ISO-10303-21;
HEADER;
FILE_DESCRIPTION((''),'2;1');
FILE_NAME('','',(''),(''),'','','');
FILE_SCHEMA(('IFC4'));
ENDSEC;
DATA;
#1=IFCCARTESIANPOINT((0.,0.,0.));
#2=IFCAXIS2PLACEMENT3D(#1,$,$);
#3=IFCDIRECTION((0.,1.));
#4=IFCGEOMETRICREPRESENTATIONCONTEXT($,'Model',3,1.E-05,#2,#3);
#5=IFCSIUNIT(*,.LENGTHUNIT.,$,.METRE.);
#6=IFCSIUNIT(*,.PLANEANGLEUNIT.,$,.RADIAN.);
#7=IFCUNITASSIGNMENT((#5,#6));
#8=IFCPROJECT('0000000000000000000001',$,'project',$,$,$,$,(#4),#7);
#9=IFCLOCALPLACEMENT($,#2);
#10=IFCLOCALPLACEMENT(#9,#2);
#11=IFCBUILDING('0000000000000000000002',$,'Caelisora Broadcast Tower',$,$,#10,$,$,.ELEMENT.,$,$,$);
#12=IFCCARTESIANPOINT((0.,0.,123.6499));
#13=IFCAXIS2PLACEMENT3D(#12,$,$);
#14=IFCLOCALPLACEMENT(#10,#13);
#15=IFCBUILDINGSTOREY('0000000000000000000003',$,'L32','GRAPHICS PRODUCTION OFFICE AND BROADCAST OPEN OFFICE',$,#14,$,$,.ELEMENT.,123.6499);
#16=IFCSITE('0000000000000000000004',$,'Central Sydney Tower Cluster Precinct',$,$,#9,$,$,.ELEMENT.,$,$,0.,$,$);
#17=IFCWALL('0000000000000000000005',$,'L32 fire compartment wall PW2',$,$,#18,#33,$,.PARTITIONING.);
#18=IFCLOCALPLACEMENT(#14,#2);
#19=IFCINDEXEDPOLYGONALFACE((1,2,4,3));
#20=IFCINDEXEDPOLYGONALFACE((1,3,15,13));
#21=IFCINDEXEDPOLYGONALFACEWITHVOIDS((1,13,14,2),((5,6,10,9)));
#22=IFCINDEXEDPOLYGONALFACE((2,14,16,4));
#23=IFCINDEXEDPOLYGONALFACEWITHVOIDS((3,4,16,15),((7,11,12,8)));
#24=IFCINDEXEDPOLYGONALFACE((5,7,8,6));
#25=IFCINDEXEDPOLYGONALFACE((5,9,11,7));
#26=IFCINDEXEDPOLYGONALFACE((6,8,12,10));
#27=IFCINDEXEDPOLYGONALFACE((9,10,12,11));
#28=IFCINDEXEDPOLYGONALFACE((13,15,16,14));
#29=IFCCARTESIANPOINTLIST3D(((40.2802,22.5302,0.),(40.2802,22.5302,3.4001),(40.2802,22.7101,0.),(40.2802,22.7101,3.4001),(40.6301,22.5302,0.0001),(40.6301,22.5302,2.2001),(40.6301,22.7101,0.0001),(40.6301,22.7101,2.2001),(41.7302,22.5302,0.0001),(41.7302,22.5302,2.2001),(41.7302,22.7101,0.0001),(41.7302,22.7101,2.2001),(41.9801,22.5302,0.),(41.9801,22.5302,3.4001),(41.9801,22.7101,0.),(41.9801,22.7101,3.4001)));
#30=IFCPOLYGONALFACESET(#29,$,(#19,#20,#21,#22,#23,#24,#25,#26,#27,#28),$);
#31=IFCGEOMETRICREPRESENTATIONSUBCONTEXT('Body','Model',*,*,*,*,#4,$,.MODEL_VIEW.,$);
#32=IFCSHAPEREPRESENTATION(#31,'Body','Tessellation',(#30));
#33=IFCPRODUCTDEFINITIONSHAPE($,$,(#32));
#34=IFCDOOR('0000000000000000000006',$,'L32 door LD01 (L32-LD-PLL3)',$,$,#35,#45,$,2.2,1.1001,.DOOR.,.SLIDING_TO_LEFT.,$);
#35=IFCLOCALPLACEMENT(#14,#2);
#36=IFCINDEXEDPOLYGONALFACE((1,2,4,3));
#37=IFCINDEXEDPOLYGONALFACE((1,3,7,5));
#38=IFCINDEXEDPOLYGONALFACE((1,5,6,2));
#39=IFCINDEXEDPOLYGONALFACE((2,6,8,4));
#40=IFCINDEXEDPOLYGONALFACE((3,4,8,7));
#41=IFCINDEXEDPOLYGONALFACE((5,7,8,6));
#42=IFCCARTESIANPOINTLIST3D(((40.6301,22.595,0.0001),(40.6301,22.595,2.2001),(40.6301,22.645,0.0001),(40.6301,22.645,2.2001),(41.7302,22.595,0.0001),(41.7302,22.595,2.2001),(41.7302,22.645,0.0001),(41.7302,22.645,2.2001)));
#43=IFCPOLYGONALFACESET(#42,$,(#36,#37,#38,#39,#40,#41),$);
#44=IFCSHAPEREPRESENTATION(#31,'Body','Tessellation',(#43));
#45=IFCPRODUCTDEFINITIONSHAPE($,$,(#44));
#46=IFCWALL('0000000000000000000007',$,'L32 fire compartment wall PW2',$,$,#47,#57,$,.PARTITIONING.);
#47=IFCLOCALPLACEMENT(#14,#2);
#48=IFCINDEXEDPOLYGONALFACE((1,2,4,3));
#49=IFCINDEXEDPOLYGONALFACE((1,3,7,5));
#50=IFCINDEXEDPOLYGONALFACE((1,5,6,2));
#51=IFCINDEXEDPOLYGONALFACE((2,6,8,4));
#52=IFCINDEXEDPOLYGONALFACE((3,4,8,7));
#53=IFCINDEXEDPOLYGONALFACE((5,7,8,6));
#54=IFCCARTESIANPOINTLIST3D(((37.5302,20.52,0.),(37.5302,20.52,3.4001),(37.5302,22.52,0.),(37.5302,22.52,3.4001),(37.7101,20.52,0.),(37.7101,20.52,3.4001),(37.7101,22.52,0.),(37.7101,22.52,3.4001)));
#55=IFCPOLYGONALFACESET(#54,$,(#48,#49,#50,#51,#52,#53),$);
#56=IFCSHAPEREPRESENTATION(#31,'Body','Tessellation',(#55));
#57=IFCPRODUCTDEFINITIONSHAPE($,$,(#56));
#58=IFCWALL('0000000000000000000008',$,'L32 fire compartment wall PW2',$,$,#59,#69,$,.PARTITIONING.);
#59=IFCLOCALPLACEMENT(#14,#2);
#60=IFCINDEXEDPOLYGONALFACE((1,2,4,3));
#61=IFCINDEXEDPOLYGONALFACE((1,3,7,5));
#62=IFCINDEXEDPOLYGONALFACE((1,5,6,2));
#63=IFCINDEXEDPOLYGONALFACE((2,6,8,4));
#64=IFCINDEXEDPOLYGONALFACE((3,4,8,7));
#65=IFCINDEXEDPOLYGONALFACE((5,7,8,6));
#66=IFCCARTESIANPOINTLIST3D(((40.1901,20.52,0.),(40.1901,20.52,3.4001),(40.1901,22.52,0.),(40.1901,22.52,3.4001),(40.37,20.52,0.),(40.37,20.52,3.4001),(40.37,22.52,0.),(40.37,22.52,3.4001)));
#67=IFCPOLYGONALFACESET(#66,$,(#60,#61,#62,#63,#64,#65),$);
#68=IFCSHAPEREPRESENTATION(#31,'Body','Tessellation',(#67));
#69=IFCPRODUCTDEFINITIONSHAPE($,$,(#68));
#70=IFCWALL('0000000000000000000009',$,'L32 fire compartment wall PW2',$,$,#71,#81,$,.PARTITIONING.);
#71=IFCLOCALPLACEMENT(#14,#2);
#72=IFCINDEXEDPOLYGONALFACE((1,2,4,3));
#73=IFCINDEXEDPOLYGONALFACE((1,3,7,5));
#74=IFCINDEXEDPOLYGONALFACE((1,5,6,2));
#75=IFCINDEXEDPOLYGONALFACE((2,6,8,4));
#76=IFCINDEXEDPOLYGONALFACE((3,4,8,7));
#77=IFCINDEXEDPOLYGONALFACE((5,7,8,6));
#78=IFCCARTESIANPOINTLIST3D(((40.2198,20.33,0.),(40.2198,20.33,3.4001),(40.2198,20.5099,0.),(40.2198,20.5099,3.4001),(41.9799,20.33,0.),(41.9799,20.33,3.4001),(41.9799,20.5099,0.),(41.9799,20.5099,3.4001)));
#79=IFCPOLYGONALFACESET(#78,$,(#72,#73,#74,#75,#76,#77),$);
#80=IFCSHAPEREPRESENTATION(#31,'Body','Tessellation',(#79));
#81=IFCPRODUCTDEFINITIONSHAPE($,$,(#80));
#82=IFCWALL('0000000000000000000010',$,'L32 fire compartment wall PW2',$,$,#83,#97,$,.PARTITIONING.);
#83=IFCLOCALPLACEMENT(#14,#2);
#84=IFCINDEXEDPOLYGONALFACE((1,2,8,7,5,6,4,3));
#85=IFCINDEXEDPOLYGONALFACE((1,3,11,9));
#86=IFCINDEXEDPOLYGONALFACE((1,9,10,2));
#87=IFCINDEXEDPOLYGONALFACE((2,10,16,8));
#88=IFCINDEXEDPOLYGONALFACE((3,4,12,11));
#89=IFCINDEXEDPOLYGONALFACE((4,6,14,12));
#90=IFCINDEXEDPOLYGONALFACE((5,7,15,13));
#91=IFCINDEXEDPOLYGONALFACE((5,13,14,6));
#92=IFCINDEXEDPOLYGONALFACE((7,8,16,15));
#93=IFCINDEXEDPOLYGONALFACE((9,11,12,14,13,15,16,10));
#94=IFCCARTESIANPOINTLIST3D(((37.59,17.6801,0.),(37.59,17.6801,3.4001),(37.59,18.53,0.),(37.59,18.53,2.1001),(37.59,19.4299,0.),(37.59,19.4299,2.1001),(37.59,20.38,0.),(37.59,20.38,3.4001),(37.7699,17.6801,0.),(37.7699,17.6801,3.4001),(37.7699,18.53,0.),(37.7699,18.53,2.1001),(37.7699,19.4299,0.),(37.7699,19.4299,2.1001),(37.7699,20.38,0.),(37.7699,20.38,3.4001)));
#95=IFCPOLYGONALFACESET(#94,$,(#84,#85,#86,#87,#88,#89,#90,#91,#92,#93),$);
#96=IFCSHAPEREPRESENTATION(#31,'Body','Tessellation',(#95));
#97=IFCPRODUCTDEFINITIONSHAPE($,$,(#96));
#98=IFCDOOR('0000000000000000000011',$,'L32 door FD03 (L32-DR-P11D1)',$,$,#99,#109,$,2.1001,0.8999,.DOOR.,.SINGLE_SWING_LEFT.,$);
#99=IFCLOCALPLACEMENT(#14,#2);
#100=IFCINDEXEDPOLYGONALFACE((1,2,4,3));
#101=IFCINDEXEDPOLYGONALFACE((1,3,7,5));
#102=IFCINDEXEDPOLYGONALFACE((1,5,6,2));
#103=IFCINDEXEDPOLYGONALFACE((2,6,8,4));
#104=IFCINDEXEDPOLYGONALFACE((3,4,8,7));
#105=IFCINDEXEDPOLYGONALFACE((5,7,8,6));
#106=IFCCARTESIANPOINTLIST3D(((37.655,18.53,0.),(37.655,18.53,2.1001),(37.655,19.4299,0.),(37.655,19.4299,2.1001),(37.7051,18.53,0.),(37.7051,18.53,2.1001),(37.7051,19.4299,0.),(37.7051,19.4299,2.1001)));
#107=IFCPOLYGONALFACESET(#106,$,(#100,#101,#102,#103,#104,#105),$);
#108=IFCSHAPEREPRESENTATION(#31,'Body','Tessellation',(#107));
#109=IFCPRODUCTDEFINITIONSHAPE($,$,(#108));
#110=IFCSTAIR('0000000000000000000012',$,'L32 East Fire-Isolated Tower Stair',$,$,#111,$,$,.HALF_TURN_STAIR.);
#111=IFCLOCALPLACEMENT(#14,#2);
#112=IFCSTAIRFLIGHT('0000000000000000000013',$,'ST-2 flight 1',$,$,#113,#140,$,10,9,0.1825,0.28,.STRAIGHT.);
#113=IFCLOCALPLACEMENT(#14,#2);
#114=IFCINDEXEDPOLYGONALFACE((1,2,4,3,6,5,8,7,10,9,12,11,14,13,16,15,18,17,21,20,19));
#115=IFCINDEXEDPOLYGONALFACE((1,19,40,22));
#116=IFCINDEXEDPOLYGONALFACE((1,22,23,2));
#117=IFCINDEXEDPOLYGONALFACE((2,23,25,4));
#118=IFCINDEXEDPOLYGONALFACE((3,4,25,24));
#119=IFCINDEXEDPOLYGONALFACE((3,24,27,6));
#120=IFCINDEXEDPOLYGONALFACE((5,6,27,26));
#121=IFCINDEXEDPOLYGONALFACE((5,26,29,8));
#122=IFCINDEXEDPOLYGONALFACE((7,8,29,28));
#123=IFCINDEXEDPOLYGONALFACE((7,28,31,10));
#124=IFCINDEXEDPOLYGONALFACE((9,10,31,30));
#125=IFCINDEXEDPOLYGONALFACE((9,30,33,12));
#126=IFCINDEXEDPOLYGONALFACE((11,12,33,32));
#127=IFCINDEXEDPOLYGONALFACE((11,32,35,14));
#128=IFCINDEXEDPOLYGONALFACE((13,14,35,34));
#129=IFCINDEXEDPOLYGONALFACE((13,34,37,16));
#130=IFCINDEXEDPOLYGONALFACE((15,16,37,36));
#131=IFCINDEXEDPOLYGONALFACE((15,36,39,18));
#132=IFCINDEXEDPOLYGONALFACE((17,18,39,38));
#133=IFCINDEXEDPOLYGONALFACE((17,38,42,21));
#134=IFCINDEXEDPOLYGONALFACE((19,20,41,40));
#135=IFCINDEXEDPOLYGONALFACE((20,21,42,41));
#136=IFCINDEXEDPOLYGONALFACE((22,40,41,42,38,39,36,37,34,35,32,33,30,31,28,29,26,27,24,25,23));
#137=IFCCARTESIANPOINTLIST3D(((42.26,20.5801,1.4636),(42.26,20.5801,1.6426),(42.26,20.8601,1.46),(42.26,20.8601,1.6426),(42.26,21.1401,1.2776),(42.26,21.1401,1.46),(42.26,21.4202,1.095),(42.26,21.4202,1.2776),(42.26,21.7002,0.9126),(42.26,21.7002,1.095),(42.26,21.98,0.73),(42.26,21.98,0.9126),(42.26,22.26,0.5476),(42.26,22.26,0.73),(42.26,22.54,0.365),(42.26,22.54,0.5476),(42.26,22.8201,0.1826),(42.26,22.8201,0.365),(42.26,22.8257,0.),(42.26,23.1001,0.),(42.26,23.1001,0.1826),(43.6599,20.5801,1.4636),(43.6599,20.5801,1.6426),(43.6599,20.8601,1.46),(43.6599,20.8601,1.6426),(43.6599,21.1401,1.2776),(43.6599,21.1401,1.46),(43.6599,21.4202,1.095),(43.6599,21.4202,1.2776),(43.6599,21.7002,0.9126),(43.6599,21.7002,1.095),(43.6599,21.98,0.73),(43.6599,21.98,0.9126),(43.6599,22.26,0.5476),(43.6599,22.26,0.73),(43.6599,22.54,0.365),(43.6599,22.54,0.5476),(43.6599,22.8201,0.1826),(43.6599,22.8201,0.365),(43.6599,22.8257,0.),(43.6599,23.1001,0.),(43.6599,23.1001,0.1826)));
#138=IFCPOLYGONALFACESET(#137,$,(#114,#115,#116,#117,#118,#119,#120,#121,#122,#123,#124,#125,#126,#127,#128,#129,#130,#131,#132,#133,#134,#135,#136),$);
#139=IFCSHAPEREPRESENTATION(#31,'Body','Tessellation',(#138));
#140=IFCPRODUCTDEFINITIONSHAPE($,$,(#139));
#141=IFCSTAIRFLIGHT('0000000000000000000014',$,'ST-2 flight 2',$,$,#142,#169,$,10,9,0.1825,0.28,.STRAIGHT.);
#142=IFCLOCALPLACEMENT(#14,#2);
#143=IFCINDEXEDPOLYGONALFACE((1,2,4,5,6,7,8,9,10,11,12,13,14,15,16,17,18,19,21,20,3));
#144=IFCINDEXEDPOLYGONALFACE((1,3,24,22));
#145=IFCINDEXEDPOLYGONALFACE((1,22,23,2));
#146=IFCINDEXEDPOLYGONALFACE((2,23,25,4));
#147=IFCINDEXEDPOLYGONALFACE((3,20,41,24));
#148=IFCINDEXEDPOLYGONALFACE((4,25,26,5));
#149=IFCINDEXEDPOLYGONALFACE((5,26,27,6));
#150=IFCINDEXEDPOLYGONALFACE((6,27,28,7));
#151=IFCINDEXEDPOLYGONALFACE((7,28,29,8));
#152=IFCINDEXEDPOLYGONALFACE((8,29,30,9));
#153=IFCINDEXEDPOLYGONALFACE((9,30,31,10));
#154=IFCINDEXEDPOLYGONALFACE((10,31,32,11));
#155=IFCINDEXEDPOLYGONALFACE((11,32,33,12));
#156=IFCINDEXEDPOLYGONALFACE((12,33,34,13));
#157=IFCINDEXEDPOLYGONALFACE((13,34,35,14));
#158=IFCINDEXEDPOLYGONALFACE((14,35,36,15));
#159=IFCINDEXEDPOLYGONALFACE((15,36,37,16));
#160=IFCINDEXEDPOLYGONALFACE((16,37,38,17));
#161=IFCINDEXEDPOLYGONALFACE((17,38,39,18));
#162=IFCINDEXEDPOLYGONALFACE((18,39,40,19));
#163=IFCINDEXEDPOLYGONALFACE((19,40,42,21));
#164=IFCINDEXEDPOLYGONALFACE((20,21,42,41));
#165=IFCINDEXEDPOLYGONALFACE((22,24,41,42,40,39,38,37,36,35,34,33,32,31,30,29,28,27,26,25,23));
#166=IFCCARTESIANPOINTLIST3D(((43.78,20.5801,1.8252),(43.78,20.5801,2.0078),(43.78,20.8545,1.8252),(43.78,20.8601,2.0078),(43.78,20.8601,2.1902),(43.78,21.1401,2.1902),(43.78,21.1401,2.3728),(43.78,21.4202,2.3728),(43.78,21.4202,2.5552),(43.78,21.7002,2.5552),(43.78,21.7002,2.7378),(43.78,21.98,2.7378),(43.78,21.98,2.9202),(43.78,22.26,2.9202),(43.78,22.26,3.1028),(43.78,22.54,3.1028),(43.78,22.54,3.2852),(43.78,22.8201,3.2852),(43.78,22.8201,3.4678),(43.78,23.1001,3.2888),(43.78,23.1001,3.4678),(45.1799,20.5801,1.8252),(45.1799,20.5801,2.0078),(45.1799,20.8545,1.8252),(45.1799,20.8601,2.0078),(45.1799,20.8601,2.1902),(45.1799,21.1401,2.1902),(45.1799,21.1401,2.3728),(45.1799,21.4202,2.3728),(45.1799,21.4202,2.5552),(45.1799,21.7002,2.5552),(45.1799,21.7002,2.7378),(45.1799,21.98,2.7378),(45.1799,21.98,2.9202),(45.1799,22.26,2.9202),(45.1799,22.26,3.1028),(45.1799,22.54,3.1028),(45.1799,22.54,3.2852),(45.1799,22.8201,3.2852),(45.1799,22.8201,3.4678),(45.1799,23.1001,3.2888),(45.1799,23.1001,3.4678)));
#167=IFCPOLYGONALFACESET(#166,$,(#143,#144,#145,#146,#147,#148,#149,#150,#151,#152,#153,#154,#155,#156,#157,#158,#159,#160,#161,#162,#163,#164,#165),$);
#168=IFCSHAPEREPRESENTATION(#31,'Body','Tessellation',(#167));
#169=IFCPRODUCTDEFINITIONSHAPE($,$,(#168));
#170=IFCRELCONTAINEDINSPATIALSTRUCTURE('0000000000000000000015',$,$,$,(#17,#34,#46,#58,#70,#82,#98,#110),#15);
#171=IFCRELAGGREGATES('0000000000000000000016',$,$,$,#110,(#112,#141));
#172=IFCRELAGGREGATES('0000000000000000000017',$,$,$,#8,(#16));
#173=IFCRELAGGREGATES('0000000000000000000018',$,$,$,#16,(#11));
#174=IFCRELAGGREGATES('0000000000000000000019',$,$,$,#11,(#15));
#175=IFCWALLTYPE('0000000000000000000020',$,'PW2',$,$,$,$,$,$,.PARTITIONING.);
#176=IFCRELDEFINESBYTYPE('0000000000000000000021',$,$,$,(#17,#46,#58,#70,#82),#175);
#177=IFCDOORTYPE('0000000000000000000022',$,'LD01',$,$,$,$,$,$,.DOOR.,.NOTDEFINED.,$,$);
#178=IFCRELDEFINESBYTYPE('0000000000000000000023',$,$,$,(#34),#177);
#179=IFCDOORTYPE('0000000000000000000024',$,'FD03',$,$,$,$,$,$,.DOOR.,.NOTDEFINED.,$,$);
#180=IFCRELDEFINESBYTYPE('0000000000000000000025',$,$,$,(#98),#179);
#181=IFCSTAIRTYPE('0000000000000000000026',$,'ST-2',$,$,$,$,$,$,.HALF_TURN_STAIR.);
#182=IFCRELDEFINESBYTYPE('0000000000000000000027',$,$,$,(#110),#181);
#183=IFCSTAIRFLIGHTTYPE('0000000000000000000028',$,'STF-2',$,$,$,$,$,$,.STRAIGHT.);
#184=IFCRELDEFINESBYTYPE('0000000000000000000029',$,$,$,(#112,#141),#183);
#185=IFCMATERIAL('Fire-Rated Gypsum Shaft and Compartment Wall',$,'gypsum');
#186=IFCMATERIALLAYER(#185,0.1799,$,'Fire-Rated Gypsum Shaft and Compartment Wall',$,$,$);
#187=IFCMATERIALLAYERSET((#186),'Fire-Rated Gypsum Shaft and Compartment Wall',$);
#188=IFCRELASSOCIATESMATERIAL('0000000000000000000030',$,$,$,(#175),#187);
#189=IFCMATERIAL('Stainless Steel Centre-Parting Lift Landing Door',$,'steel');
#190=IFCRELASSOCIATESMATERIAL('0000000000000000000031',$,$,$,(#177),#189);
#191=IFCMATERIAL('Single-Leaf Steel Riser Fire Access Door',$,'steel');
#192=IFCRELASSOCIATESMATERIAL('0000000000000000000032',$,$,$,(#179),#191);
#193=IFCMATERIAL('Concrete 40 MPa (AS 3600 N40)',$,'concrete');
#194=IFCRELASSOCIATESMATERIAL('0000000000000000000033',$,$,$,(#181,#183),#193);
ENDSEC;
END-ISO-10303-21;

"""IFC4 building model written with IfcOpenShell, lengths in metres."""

from ifc_helpers import new_model, si_unit, direction, frame, frame_2d, origin, place, context, subcontext, project, spatial, polyline, rectangle, outline, extrude, material, layer, layer_set, type_object, element, fill, aggregate, save


model = new_model("IFC4")

# Units and contexts
model_context = context("Model", 3, precision=1e-05, world=origin(), true_north=direction((0.0, 1.0)))
body_context = subcontext(model_context, "Body", "Model", "MODEL_VIEW")
ifc_project = project(units=[si_unit("LENGTHUNIT", "METRE"), si_unit("PLANEANGLEUNIT", "RADIAN")], contexts=[model_context])

# Site, building, storey
site_placement = place(None, origin())
site = spatial("IfcSite", under=ifc_project, at=site_placement, Name="Central Sydney Tower Cluster Precinct", CompositionType="ELEMENT", RefElevation=0.0)
building_placement = place(site_placement, origin())
building = spatial("IfcBuilding", under=site, at=building_placement, Name="Caelisora Broadcast Tower", CompositionType="ELEMENT")
storey_placement = place(building_placement, frame((0.0, 0.0, 123.6499)))
storey = spatial("IfcBuildingStorey", under=building, at=storey_placement, Name="L32", Description="GRAPHICS PRODUCTION OFFICE AND BROADCAST OPEN OFFICE", CompositionType="ELEMENT", Elevation=123.6499)

# Wall, opening, door
ifc_material_1 = material(Name="Fire-Rated Gypsum Shaft and Compartment Wall", Category="gypsum")
ifc_layer_1 = layer(ifc_material_1, 0.1799, Name="Fire-Rated Gypsum Shaft and Compartment Wall")
ifc_layer_set_1 = layer_set([ifc_layer_1], Name="Fire-Rated Gypsum Shaft and Compartment Wall")
wall_type_1 = type_object("IfcWallType", Name="PW2", PredefinedType="PARTITIONING", material=ifc_layer_set_1)
wall_1_placement = place(storey_placement, frame((40.28, 22.6201, 0.0), z_axis=(0.0, 0.0, 1.0), x_axis=(1.0, 0.0, 0.0)))
wall_1 = element("IfcWall", 1, at=wall_1_placement, inside=storey, type_object=wall_type_1, Name="L32 fire compartment wall PW2", PredefinedType="PARTITIONING", context=body_context, shape_type="SweptSolid", body=[
    extrude(rectangle(XDim=1.7, YDim=0.1799, at=frame_2d((0.8501, 0.0))), origin(), (0.0, 0.0, 1.0), 3.4001),
])
opening_1_placement = place(wall_1_placement, frame((0.3501, 0.0, 0.0)))
opening_1 = element("IfcOpeningElement", 2, at=opening_1_placement, cuts=wall_1, PredefinedType="OPENING", context=body_context, shape_type="SweptSolid", body=[
    extrude(rectangle(XDim=1.1001, YDim=2.2, at=frame_2d((0.55, 1.1001))), frame((0.0, 0.1021, 0.0), z_axis=(0.0, -1.0, 0.0), x_axis=(1.0, 0.0, 0.0)), (0.0, 0.0, 1.0), 0.2039),
])
ifc_material_2 = material(Name="Stainless Steel Centre-Parting Lift Landing Door", Category="steel")
door_type_1 = type_object("IfcDoorType", Name="LD01", OperationType="NOTDEFINED", PredefinedType="DOOR", material=ifc_material_2)
door_1_placement = place(opening_1_placement, origin())
door_1 = element("IfcDoor", 3, at=door_1_placement, inside=storey, type_object=door_type_1, Name="L32 door LD01 (L32-LD-PLL3)", OperationType="SLIDING_TO_LEFT", OverallHeight=2.2, OverallWidth=1.1001, PredefinedType="DOOR", context=body_context, shape_type="SweptSolid", body=[
    extrude(rectangle(XDim=1.1001, YDim=2.2, at=frame_2d((0.55, 1.1001))), frame((0.0, 0.0249, 0.0), z_axis=(0.0, -1.0, 0.0), x_axis=(1.0, 0.0, 0.0)), (0.0, 0.0, 1.0), 0.05),
])
fill(opening_1, door_1)

# Walls
for number, where, z_axis, x_axis, name in (
    (4, (37.6201, 20.52, 0.0), (0.0, 0.0, 1.0), (0.0, 1.0, 0.0), "L32 fire compartment wall PW2"),
    (5, (40.28, 20.52, 0.0), (0.0, 0.0, 1.0), (0.0, 1.0, 0.0), "L32 fire compartment wall PW2"),
):
    element("IfcWall", number, at=place(storey_placement, frame(where, z_axis=z_axis, x_axis=x_axis)), inside=storey, type_object=wall_type_1, Name=name, PredefinedType="PARTITIONING", context=body_context, shape_type="SweptSolid", body=[
        extrude(rectangle(XDim=2.0, YDim=0.1799, at=frame_2d((1.0, 0.0))), origin(), (0.0, 0.0, 1.0), 3.4001),
    ])
wall_2_placement = place(storey_placement, frame((40.22, 20.4199, 0.0), z_axis=(0.0, 0.0, 1.0), x_axis=(1.0, 0.0, 0.0)))
element("IfcWall", 6, at=wall_2_placement, inside=storey, type_object=wall_type_1, Name="L32 fire compartment wall PW2", PredefinedType="PARTITIONING", context=body_context, shape_type="SweptSolid", body=[
    extrude(rectangle(XDim=1.76, YDim=0.1799, at=frame_2d((0.8799, 0.0))), origin(), (0.0, 0.0, 1.0), 3.4001),
])

# Wall, opening, door
wall_3_placement = place(storey_placement, frame((37.6799, 17.6799, 0.0), z_axis=(0.0, 0.0, 1.0), x_axis=(0.0, 1.0, 0.0)))
wall_3 = element("IfcWall", 7, at=wall_3_placement, inside=storey, type_object=wall_type_1, Name="L32 fire compartment wall PW2", PredefinedType="PARTITIONING", context=body_context, shape_type="SweptSolid", body=[
    extrude(rectangle(XDim=2.7, YDim=0.1799, at=frame_2d((1.3501, 0.0))), origin(), (0.0, 0.0, 1.0), 3.4001),
])
opening_2_placement = place(wall_3_placement, frame((0.8501, 0.0, 0.0)))
opening_2 = element("IfcOpeningElement", 8, at=opening_2_placement, cuts=wall_3, PredefinedType="OPENING", context=body_context, shape_type="SweptSolid", body=[
    extrude(rectangle(XDim=0.8999, YDim=2.1001, at=frame_2d((0.45, 1.05))), frame((0.0, 0.1021, 0.0), z_axis=(0.0, -1.0, 0.0), x_axis=(1.0, 0.0, 0.0)), (0.0, 0.0, 1.0), 0.2039),
])
ifc_material_3 = material(Name="Single-Leaf Steel Riser Fire Access Door", Category="steel")
door_type_2 = type_object("IfcDoorType", Name="FD03", OperationType="NOTDEFINED", PredefinedType="DOOR", material=ifc_material_3)
door_2_placement = place(opening_2_placement, origin())
door_2 = element("IfcDoor", 9, at=door_2_placement, inside=storey, type_object=door_type_2, Name="L32 door FD03 (L32-DR-P11D1)", OperationType="SINGLE_SWING_LEFT", OverallHeight=2.1001, OverallWidth=0.8999, PredefinedType="DOOR", context=body_context, shape_type="SweptSolid", body=[
    extrude(rectangle(XDim=0.8999, YDim=2.1001, at=frame_2d((0.45, 1.05))), frame((0.0, 0.0249, 0.0), z_axis=(0.0, -1.0, 0.0), x_axis=(1.0, 0.0, 0.0)), (0.0, 0.0, 1.0), 0.05),
])
fill(opening_2, door_2)

# Stair, stair flights
ifc_material_4 = material(Name="Concrete 40 MPa (AS 3600 N40)", Category="concrete")
stair_type = type_object("IfcStairType", Name="ST-2", PredefinedType="HALF_TURN_STAIR", material=ifc_material_4)
stair_placement = place(storey_placement, origin())
stair = element("IfcStair", 10, at=stair_placement, inside=storey, type_object=stair_type, Name="L32 East Fire-Isolated Tower Stair", PredefinedType="HALF_TURN_STAIR")
stair_flight_type = type_object("IfcStairFlightType", Name="STF-2", PredefinedType="STRAIGHT", material=ifc_material_4)
stair_flight_1_placement = place(storey_placement, frame((42.96, 23.1001, 0.0), z_axis=(0.0, 0.0, 1.0), x_axis=(0.0, -1.0, 0.0)))
stair_flight_1 = element("IfcStairFlight", 11, at=stair_flight_1_placement, type_object=stair_flight_type, Name="ST-2 flight 1", NumberOfRisers=10, NumberOfTreads=9, PredefinedType="STRAIGHT", RiserHeight=0.1825, TreadLength=0.28, context=body_context, shape_type="SweptSolid", body=[
    extrude(outline(polyline([(0.0, 0.0), (0.0, 0.1826), (0.28, 0.1826), (0.28, 0.365), (0.5601, 0.365), (0.5601, 0.5476), (0.8401, 0.5476), (0.8401, 0.73), (1.1201, 0.73), (1.1201, 0.9126), (1.3999, 0.9126), (1.3999, 1.095), (1.6799, 1.095), (1.6799, 1.2776), (1.96, 1.2776), (1.96, 1.46), (2.24, 1.46), (2.24, 1.6426), (2.52, 1.6426), (2.52, 1.825), (2.52, 1.4636), (0.2744, 0.0), (0.0, 0.0)])), frame((0.0, 0.7, 0.0), z_axis=(0.0, -1.0, 0.0), x_axis=(1.0, 0.0, 0.0)), (0.0, 0.0, 1.0), 1.3999),
])
stair_flight_2_placement = place(storey_placement, frame((44.48, 20.5801, 1.8252), z_axis=(0.0, 0.0, 1.0), x_axis=(0.0, 1.0, 0.0)))
stair_flight_2 = element("IfcStairFlight", 12, at=stair_flight_2_placement, type_object=stair_flight_type, Name="ST-2 flight 2", NumberOfRisers=10, NumberOfTreads=9, PredefinedType="STRAIGHT", RiserHeight=0.1825, TreadLength=0.28, context=body_context, shape_type="SweptSolid", body=[
    extrude(outline(polyline([(0.0, 0.0), (0.0, 0.1826), (0.28, 0.1826), (0.28, 0.365), (0.5601, 0.365), (0.5601, 0.5476), (0.8401, 0.5476), (0.8401, 0.73), (1.1201, 0.73), (1.1201, 0.9126), (1.3999, 0.9126), (1.3999, 1.095), (1.6799, 1.095), (1.6799, 1.2776), (1.96, 1.2776), (1.96, 1.46), (2.24, 1.46), (2.24, 1.6426), (2.52, 1.6426), (2.52, 1.825), (2.52, 1.4636), (0.2744, 0.0), (0.0, 0.0)])), frame((0.0, 0.7, 0.0), z_axis=(0.0, -1.0, 0.0), x_axis=(1.0, 0.0, 0.0)), (0.0, 0.0, 1.0), 1.3999),
])
aggregate(stair, [stair_flight_1, stair_flight_2])

save(model, "model.ifc")
